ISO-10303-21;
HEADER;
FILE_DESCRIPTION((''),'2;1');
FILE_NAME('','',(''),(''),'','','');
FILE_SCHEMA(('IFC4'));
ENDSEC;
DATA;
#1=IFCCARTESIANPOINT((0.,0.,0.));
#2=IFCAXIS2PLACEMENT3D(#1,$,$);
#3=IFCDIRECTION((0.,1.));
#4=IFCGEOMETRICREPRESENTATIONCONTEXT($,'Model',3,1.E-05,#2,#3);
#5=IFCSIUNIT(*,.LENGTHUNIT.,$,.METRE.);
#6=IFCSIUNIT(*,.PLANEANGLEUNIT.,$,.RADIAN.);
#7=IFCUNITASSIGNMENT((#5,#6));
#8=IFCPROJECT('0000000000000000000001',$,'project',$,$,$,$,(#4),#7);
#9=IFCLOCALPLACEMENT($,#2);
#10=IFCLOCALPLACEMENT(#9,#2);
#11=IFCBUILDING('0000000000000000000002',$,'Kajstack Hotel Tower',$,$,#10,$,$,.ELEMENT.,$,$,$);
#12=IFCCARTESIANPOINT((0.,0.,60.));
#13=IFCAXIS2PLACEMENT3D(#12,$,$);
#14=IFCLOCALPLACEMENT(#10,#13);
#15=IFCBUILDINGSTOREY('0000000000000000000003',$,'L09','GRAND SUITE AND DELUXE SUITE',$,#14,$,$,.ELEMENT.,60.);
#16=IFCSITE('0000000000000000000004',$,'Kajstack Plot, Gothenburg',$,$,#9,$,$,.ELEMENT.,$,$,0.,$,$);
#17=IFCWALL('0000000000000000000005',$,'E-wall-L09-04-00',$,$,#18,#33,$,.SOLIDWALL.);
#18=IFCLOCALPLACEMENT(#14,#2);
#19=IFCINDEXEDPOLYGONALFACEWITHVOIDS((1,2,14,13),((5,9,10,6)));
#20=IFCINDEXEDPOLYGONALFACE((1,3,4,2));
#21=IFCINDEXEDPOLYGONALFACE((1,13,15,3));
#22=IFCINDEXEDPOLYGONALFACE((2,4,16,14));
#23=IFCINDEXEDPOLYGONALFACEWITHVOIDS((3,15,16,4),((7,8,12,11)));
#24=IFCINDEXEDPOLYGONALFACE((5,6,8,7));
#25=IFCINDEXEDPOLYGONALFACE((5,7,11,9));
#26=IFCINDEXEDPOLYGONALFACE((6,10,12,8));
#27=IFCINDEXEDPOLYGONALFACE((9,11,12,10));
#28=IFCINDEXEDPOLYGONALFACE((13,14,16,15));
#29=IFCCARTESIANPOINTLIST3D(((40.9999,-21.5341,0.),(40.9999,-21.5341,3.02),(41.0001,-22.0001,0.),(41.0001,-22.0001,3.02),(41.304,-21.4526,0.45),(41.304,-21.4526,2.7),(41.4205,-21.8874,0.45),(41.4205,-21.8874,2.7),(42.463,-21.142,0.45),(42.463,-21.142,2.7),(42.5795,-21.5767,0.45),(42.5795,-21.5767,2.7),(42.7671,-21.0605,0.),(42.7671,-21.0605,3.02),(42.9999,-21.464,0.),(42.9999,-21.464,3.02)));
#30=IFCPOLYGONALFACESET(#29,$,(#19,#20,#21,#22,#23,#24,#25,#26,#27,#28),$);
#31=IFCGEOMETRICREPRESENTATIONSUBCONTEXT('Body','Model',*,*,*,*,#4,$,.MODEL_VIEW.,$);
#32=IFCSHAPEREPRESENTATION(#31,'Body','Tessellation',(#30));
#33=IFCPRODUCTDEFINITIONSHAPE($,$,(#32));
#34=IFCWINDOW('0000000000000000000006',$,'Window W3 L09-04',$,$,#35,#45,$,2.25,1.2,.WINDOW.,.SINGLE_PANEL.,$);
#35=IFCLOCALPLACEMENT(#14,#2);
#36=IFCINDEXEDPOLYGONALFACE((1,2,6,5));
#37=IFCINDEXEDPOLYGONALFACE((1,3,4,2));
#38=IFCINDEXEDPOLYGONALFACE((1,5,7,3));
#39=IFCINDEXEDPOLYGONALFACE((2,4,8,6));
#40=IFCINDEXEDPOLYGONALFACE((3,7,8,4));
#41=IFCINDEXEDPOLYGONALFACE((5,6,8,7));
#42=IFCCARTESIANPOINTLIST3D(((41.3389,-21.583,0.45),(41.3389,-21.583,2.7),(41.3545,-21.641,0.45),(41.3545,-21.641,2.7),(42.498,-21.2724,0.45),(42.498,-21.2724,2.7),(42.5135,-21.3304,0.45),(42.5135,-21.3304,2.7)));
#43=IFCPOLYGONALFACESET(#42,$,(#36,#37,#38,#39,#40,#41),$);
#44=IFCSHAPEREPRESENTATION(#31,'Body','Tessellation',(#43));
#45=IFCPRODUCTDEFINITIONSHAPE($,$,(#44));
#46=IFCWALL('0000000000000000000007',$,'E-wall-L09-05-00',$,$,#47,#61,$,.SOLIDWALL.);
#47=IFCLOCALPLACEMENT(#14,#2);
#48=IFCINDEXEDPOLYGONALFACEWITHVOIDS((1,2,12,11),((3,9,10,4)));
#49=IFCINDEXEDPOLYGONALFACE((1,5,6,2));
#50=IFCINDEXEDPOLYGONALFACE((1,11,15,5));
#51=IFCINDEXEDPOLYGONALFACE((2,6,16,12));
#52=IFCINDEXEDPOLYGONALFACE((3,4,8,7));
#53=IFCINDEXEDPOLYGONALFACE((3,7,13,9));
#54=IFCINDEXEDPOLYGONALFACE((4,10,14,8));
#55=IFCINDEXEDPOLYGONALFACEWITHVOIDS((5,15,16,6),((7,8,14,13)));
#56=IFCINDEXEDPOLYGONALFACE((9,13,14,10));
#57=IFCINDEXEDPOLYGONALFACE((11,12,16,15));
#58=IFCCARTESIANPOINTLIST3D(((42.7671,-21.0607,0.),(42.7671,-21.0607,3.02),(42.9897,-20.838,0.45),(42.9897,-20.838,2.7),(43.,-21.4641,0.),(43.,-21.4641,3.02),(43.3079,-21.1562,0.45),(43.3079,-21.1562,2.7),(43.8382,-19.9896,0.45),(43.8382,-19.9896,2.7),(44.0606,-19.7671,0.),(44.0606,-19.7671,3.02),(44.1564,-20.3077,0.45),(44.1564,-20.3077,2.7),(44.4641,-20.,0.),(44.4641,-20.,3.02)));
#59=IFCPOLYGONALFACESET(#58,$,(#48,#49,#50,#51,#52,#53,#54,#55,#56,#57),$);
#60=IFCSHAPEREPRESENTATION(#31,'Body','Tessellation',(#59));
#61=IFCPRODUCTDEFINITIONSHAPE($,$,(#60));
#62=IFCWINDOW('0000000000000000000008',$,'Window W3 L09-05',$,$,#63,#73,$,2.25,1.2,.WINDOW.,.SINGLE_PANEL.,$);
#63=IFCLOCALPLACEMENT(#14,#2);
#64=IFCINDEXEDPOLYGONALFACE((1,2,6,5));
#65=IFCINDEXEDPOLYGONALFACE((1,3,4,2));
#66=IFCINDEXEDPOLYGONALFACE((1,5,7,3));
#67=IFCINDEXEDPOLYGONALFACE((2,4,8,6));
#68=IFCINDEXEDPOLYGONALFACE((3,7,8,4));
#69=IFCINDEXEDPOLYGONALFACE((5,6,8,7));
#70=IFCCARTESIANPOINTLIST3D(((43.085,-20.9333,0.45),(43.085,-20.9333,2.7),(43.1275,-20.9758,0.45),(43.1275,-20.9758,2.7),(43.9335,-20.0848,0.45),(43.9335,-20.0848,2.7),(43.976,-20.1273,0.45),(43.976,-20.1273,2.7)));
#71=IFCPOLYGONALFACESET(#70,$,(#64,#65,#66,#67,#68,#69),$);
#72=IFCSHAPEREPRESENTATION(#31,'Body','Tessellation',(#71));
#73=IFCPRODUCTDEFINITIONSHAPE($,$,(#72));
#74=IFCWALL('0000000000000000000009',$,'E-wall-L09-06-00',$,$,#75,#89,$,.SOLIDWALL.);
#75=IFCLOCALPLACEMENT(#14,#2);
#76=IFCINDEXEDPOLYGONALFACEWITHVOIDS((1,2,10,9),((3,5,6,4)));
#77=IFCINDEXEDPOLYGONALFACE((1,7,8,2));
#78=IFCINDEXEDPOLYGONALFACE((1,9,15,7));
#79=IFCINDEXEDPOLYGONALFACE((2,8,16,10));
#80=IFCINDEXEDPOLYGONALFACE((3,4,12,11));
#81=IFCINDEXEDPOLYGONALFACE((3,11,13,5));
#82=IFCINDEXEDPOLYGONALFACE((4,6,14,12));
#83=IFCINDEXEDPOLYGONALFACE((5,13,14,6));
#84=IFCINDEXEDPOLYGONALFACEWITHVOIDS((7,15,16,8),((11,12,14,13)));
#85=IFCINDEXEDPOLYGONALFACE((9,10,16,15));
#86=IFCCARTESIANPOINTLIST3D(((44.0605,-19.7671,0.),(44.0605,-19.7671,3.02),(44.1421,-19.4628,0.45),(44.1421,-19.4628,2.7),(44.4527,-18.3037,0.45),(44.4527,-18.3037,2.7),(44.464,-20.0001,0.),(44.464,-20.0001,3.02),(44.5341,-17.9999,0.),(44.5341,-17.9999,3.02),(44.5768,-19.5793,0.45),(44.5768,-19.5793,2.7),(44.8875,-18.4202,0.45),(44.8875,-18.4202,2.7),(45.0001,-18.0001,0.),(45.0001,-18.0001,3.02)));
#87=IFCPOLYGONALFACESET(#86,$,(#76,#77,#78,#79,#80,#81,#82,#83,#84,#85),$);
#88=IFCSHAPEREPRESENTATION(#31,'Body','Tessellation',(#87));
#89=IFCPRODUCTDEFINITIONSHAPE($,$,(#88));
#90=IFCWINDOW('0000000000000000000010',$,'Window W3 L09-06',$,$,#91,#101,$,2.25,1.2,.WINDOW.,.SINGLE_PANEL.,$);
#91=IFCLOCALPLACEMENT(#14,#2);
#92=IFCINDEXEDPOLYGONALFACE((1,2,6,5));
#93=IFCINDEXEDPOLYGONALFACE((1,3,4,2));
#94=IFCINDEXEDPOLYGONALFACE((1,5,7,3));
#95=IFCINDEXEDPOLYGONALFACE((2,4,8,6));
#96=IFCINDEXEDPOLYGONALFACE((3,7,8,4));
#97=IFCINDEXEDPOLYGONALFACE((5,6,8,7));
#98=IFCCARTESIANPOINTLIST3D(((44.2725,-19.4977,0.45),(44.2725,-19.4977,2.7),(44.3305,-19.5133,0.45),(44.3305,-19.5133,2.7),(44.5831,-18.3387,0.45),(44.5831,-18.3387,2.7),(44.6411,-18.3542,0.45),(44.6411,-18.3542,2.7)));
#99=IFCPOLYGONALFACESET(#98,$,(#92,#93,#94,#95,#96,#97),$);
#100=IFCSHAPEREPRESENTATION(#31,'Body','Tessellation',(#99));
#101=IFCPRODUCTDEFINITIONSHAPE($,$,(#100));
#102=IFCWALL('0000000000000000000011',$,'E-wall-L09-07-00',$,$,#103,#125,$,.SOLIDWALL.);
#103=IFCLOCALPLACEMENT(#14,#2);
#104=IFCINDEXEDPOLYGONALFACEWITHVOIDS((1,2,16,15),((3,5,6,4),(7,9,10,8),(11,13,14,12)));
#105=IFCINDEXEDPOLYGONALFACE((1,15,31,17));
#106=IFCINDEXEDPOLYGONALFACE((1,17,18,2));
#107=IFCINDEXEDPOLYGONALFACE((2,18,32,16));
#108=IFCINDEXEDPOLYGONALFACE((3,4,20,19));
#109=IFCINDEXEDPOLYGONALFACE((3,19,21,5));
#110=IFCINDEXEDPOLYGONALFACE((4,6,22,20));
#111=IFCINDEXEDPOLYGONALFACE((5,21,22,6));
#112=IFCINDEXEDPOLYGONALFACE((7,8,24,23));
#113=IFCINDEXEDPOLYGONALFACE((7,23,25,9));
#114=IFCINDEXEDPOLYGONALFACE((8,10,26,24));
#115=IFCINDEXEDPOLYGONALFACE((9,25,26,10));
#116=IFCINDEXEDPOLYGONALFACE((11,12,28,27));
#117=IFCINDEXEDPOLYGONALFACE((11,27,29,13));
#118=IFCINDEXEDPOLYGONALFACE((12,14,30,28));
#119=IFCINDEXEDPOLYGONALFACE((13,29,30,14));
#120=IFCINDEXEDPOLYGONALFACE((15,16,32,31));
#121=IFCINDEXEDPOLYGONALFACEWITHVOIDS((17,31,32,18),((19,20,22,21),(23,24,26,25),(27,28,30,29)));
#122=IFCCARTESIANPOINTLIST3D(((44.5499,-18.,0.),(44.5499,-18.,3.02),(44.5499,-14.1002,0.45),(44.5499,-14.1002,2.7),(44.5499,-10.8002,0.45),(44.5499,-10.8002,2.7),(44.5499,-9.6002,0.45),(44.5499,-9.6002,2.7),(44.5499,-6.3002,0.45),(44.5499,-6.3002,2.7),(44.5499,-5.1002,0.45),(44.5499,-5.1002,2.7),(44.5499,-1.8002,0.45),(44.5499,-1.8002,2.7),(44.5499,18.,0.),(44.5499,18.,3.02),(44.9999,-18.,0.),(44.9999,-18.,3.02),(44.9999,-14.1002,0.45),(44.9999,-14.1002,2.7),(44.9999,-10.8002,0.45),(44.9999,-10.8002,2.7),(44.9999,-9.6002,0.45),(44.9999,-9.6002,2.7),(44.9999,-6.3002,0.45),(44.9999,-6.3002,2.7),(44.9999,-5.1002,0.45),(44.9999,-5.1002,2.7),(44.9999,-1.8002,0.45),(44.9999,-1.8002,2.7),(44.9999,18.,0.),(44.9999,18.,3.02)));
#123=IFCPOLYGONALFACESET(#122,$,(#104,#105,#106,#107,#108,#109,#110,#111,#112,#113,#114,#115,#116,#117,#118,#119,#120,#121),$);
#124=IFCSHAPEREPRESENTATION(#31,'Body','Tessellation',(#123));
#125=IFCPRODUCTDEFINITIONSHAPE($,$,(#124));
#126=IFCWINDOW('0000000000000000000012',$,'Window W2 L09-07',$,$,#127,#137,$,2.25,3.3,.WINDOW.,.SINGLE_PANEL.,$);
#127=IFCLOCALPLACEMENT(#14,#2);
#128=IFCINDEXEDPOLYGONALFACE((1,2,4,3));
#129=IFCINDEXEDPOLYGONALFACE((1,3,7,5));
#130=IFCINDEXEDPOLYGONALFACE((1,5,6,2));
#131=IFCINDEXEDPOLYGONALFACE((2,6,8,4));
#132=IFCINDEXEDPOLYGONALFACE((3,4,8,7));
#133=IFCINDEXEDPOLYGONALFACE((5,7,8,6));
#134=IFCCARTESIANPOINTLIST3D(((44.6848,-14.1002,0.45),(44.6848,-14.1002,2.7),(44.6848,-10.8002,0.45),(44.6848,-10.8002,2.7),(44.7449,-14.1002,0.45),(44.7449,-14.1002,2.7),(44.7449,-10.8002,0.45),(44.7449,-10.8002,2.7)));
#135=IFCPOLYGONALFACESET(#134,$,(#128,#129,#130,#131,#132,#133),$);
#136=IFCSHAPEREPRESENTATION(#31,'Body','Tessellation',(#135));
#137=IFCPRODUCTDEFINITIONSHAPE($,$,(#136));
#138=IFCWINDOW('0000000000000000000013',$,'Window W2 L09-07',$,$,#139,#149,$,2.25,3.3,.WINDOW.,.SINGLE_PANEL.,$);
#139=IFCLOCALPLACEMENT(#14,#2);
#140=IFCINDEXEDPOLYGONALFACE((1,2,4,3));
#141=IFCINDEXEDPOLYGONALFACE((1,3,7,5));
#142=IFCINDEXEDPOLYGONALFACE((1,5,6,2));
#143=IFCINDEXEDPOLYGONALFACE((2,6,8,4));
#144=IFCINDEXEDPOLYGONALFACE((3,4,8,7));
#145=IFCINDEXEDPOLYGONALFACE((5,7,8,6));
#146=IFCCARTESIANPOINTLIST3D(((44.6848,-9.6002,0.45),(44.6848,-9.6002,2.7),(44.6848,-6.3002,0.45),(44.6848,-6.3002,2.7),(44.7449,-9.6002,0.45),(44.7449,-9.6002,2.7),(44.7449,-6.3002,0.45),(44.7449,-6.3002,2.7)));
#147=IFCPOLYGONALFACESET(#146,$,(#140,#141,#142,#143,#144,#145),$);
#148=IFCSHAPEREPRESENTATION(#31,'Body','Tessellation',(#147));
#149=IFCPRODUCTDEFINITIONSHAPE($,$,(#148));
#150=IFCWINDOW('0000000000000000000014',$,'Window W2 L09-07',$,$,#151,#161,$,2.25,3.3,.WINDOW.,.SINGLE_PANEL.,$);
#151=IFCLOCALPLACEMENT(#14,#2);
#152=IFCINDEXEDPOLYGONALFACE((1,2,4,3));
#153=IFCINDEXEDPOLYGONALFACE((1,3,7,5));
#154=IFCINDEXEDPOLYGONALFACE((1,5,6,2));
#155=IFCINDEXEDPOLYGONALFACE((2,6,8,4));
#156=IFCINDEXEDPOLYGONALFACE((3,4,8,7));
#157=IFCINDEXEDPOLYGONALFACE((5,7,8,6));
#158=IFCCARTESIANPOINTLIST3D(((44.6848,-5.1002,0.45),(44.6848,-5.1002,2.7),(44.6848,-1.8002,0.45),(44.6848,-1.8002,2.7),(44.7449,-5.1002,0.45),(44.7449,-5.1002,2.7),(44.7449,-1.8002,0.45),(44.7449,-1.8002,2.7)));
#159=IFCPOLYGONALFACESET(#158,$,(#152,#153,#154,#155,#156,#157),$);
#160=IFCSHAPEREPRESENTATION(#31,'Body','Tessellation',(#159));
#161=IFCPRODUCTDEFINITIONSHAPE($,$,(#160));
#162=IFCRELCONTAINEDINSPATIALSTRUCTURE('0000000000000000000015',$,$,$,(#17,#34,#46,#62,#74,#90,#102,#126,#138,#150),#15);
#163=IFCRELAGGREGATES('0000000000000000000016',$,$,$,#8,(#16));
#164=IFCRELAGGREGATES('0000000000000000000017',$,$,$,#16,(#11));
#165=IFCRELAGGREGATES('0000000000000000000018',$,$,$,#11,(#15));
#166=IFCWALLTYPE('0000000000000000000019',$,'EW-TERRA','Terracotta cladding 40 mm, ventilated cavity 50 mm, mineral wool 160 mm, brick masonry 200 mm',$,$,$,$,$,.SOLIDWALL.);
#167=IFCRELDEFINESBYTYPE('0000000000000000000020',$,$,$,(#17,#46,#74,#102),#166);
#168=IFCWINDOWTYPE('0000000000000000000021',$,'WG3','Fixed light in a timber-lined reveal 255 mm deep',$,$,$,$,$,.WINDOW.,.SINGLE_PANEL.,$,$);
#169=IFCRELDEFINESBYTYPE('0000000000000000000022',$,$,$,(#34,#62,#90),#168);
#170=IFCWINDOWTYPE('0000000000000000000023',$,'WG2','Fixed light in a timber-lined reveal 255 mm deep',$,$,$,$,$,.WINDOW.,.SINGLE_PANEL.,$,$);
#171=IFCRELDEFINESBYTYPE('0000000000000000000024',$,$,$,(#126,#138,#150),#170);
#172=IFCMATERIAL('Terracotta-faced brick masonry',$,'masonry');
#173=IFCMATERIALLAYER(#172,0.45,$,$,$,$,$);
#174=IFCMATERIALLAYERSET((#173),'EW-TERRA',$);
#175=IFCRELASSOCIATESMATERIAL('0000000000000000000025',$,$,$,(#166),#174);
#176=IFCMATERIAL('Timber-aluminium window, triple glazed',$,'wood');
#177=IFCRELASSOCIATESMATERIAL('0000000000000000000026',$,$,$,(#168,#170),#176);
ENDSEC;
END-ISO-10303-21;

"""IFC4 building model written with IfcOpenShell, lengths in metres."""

from ifc_helpers import new_model, si_unit, direction, frame, frame_2d, origin, place, context, subcontext, project, spatial, polyline, rectangle, outline, extrude, material, layer, layer_set, type_object, element, fill, save


model = new_model("IFC4")

# Units and contexts
model_context = context("Model", 3, precision=1e-05, world=origin(), true_north=direction((0.0, 1.0)))
body_context = subcontext(model_context, "Body", "Model", "MODEL_VIEW")
ifc_project = project(units=[si_unit("LENGTHUNIT", "METRE"), si_unit("PLANEANGLEUNIT", "RADIAN")], contexts=[model_context])

# Site, building, storey
site_placement = place(None, origin())
site = spatial("IfcSite", under=ifc_project, at=site_placement, Name="Kajstack Plot, Gothenburg", CompositionType="ELEMENT", RefElevation=0.0)
building_placement = place(site_placement, origin())
building = spatial("IfcBuilding", under=site, at=building_placement, Name="Kajstack Hotel Tower", CompositionType="ELEMENT")
storey_placement = place(building_placement, frame((0.0, 0.0, 60.0)))
storey = spatial("IfcBuildingStorey", under=building, at=storey_placement, Name="L09", Description="GRAND SUITE AND DELUXE SUITE", CompositionType="ELEMENT", Elevation=60.0)

# Walls, openings, windows
ifc_material_1 = material(Name="Terracotta-faced brick masonry", Category="masonry")
ifc_layer_1 = layer(ifc_material_1, 0.45)
ifc_layer_set_1 = layer_set([ifc_layer_1], Name="EW-TERRA")
wall_type_1 = type_object("IfcWallType", Name="EW-TERRA", Description="Terracotta cladding 40 mm, ventilated cavity 50 mm, mineral wool 160 mm, brick masonry 200 mm", PredefinedType="SOLIDWALL", material=ifc_layer_set_1)
wall_1_placement = place(storey_placement, frame((40.9417, -21.7827, 0.0), z_axis=(0.0, 0.0, 1.0), x_axis=(0.965927, 0.258815, 0.0)))
wall_1 = element("IfcWall", 1, at=wall_1_placement, inside=storey, type_object=wall_type_1, Name="E-wall-L09-04-00", PredefinedType="SOLIDWALL", context=body_context, shape_type="SweptSolid", body=[
    extrude(outline(polyline([(0.0002, -0.2251), (2.0706, -0.2249), (1.9502, 0.2251), (0.1206, 0.2251), (0.0002, -0.2251)])), origin(), (0.0, 0.0, 1.0), 3.02),
])
opening_1_placement = place(wall_1_placement, frame((0.4353, 0.0, 0.45)))
opening_1 = element("IfcOpeningElement", 2, at=opening_1_placement, cuts=wall_1, PredefinedType="OPENING", context=body_context, shape_type="SweptSolid", body=[
    extrude(rectangle(XDim=1.2, YDim=2.25, at=frame_2d((0.6001, 1.125))), frame((0.0, 0.2349, 0.0), z_axis=(0.0, -1.0, 0.0), x_axis=(1.0, 0.0, 0.0)), (0.0, 0.0, 1.0), 0.47),
])
ifc_material_2 = material(Name="Timber-aluminium window, triple glazed", Category="wood")
window_type_1 = type_object("IfcWindowType", Name="WG3", Description="Fixed light in a timber-lined reveal 255 mm deep", PartitioningType="SINGLE_PANEL", PredefinedType="WINDOW", material=ifc_material_2)
window_1_placement = place(opening_1_placement, origin())
window_1 = element("IfcWindow", 3, at=window_1_placement, inside=storey, type_object=window_type_1, Name="Window W3 L09-04", OverallHeight=2.25, OverallWidth=1.2, PartitioningType="SINGLE_PANEL", PredefinedType="WINDOW", context=body_context, shape_type="SweptSolid", body=[
    extrude(rectangle(XDim=1.2, YDim=2.25, at=frame_2d((0.6001, 1.125))), frame((0.0, 0.0901, 0.0), z_axis=(0.0, -1.0, 0.0), x_axis=(1.0, 0.0, 0.0)), (0.0, 0.0, 1.0), 0.0601),
])
fill(opening_1, window_1)
wall_2_placement = place(storey_placement, frame((42.8408, -21.3049, 0.0), z_axis=(0.0, 0.0, 1.0), x_axis=(0.707107, 0.707107, 0.0)))
wall_2 = element("IfcWall", 4, at=wall_2_placement, inside=storey, type_object=wall_type_1, Name="E-wall-L09-05-00", PredefinedType="SOLIDWALL", context=body_context, shape_type="SweptSolid", body=[
    extrude(outline(polyline([(0.0, -0.2251), (2.0706, -0.2251), (1.95, 0.2249), (0.1206, 0.2249), (0.0, -0.2251)])), origin(), (0.0, 0.0, 1.0), 3.02),
])
opening_2_placement = place(wall_2_placement, frame((0.4353, 0.0, 0.45)))
opening_2 = element("IfcOpeningElement", 5, at=opening_2_placement, cuts=wall_2, PredefinedType="OPENING", context=body_context, shape_type="SweptSolid", body=[
    extrude(rectangle(XDim=1.2, YDim=2.25, at=frame_2d((0.6001, 1.125))), frame((0.0, 0.2349, 0.0), z_axis=(0.0, -1.0, 0.0), x_axis=(1.0, 0.0, 0.0)), (0.0, 0.0, 1.0), 0.47),
])
window_2_placement = place(opening_2_placement, origin())
window_2 = element("IfcWindow", 6, at=window_2_placement, inside=storey, type_object=window_type_1, Name="Window W3 L09-05", OverallHeight=2.25, OverallWidth=1.2, PartitioningType="SINGLE_PANEL", PredefinedType="WINDOW", context=body_context, shape_type="SweptSolid", body=[
    extrude(rectangle(XDim=1.2, YDim=2.25, at=frame_2d((0.6001, 1.125))), frame((0.0, 0.0901, 0.0), z_axis=(0.0, -1.0, 0.0), x_axis=(1.0, 0.0, 0.0)), (0.0, 0.0, 1.0), 0.0601),
])
fill(opening_2, window_2)
wall_3_placement = place(storey_placement, frame((44.2468, -19.9417, 0.0), z_axis=(0.0, 0.0, 1.0), x_axis=(0.258815, 0.965927, 0.0)))
wall_3 = element("IfcWall", 7, at=wall_3_placement, inside=storey, type_object=wall_type_1, Name="E-wall-L09-06-00", PredefinedType="SOLIDWALL", context=body_context, shape_type="SweptSolid", body=[
    extrude(outline(polyline([(-0.0002, -0.2249), (2.0703, -0.2251), (1.95, 0.2251), (0.1204, 0.2251), (-0.0002, -0.2249)])), origin(), (0.0, 0.0, 1.0), 3.02),
])
opening_3_placement = place(wall_3_placement, frame((0.4353, 0.0, 0.45)))
opening_3 = element("IfcOpeningElement", 8, at=opening_3_placement, cuts=wall_3, PredefinedType="OPENING", context=body_context, shape_type="SweptSolid", body=[
    extrude(rectangle(XDim=1.2, YDim=2.25, at=frame_2d((0.6001, 1.125))), frame((0.0, 0.2349, 0.0), z_axis=(0.0, -1.0, 0.0), x_axis=(1.0, 0.0, 0.0)), (0.0, 0.0, 1.0), 0.47),
])
window_3_placement = place(opening_3_placement, origin())
window_3 = element("IfcWindow", 9, at=window_3_placement, inside=storey, type_object=window_type_1, Name="Window W3 L09-06", OverallHeight=2.25, OverallWidth=1.2, PartitioningType="SINGLE_PANEL", PredefinedType="WINDOW", context=body_context, shape_type="SweptSolid", body=[
    extrude(rectangle(XDim=1.2, YDim=2.25, at=frame_2d((0.6001, 1.125))), frame((0.0, 0.0901, 0.0), z_axis=(0.0, -1.0, 0.0), x_axis=(1.0, 0.0, 0.0)), (0.0, 0.0, 1.0), 0.0601),
])
fill(opening_3, window_3)

# Wall, openings, windows
wall_4_placement = place(storey_placement, frame((44.7749, -18.0, 0.0), z_axis=(0.0, 0.0, 1.0), x_axis=(0.0, 1.0, 0.0)))
wall_4 = element("IfcWall", 10, at=wall_4_placement, inside=storey, type_object=wall_type_1, Name="E-wall-L09-07-00", PredefinedType="SOLIDWALL", context=body_context, shape_type="SweptSolid", body=[
    extrude(rectangle(XDim=36.0, YDim=0.45, at=frame_2d((18.0, 0.0))), origin(), (0.0, 0.0, 1.0), 3.02),
])
opening_4_placement = place(wall_4_placement, frame((3.8999, 0.0, 0.45)))
opening_4 = element("IfcOpeningElement", 11, at=opening_4_placement, cuts=wall_4, PredefinedType="OPENING", context=body_context, shape_type="SweptSolid", body=[
    extrude(rectangle(XDim=3.3, YDim=2.25, at=frame_2d((1.6499, 1.125))), frame((0.0, 0.2349, 0.0), z_axis=(0.0, -1.0, 0.0), x_axis=(1.0, 0.0, 0.0)), (0.0, 0.0, 1.0), 0.47),
])
opening_5_placement = place(wall_4_placement, frame((8.3999, 0.0, 0.45)))
opening_5 = element("IfcOpeningElement", 12, at=opening_5_placement, cuts=wall_4, PredefinedType="OPENING", context=body_context, shape_type="SweptSolid", body=[
    extrude(rectangle(XDim=3.3, YDim=2.25, at=frame_2d((1.6499, 1.125))), frame((0.0, 0.2349, 0.0), z_axis=(0.0, -1.0, 0.0), x_axis=(1.0, 0.0, 0.0)), (0.0, 0.0, 1.0), 0.47),
])
opening_6_placement = place(wall_4_placement, frame((12.8999, 0.0, 0.45)))
opening_6 = element("IfcOpeningElement", 13, at=opening_6_placement, cuts=wall_4, PredefinedType="OPENING", context=body_context, shape_type="SweptSolid", body=[
    extrude(rectangle(XDim=3.3, YDim=2.25, at=frame_2d((1.6499, 1.125))), frame((0.0, 0.2349, 0.0), z_axis=(0.0, -1.0, 0.0), x_axis=(1.0, 0.0, 0.0)), (0.0, 0.0, 1.0), 0.47),
])
window_type_2 = type_object("IfcWindowType", Name="WG2", Description="Fixed light in a timber-lined reveal 255 mm deep", PartitioningType="SINGLE_PANEL", PredefinedType="WINDOW", material=ifc_material_2)
window_4_placement = place(opening_4_placement, origin())
window_4 = element("IfcWindow", 14, at=window_4_placement, inside=storey, type_object=window_type_2, Name="Window W2 L09-07", OverallHeight=2.25, OverallWidth=3.3, PartitioningType="SINGLE_PANEL", PredefinedType="WINDOW", context=body_context, shape_type="SweptSolid", body=[
    extrude(rectangle(XDim=3.3, YDim=2.25, at=frame_2d((1.6499, 1.125))), frame((0.0, 0.0901, 0.0), z_axis=(0.0, -1.0, 0.0), x_axis=(1.0, 0.0, 0.0)), (0.0, 0.0, 1.0), 0.0601),
])
fill(opening_4, window_4)
window_5_placement = place(opening_5_placement, origin())
window_5 = element("IfcWindow", 15, at=window_5_placement, inside=storey, type_object=window_type_2, Name="Window W2 L09-07", OverallHeight=2.25, OverallWidth=3.3, PartitioningType="SINGLE_PANEL", PredefinedType="WINDOW", context=body_context, shape_type="SweptSolid", body=[
    extrude(rectangle(XDim=3.3, YDim=2.25, at=frame_2d((1.6499, 1.125))), frame((0.0, 0.0901, 0.0), z_axis=(0.0, -1.0, 0.0), x_axis=(1.0, 0.0, 0.0)), (0.0, 0.0, 1.0), 0.0601),
])
fill(opening_5, window_5)
window_6_placement = place(opening_6_placement, origin())
window_6 = element("IfcWindow", 16, at=window_6_placement, inside=storey, type_object=window_type_2, Name="Window W2 L09-07", OverallHeight=2.25, OverallWidth=3.3, PartitioningType="SINGLE_PANEL", PredefinedType="WINDOW", context=body_context, shape_type="SweptSolid", body=[
    extrude(rectangle(XDim=3.3, YDim=2.25, at=frame_2d((1.6499, 1.125))), frame((0.0, 0.0901, 0.0), z_axis=(0.0, -1.0, 0.0), x_axis=(1.0, 0.0, 0.0)), (0.0, 0.0, 1.0), 0.0601),
])
fill(opening_6, window_6)

save(model, "model.ifc")
